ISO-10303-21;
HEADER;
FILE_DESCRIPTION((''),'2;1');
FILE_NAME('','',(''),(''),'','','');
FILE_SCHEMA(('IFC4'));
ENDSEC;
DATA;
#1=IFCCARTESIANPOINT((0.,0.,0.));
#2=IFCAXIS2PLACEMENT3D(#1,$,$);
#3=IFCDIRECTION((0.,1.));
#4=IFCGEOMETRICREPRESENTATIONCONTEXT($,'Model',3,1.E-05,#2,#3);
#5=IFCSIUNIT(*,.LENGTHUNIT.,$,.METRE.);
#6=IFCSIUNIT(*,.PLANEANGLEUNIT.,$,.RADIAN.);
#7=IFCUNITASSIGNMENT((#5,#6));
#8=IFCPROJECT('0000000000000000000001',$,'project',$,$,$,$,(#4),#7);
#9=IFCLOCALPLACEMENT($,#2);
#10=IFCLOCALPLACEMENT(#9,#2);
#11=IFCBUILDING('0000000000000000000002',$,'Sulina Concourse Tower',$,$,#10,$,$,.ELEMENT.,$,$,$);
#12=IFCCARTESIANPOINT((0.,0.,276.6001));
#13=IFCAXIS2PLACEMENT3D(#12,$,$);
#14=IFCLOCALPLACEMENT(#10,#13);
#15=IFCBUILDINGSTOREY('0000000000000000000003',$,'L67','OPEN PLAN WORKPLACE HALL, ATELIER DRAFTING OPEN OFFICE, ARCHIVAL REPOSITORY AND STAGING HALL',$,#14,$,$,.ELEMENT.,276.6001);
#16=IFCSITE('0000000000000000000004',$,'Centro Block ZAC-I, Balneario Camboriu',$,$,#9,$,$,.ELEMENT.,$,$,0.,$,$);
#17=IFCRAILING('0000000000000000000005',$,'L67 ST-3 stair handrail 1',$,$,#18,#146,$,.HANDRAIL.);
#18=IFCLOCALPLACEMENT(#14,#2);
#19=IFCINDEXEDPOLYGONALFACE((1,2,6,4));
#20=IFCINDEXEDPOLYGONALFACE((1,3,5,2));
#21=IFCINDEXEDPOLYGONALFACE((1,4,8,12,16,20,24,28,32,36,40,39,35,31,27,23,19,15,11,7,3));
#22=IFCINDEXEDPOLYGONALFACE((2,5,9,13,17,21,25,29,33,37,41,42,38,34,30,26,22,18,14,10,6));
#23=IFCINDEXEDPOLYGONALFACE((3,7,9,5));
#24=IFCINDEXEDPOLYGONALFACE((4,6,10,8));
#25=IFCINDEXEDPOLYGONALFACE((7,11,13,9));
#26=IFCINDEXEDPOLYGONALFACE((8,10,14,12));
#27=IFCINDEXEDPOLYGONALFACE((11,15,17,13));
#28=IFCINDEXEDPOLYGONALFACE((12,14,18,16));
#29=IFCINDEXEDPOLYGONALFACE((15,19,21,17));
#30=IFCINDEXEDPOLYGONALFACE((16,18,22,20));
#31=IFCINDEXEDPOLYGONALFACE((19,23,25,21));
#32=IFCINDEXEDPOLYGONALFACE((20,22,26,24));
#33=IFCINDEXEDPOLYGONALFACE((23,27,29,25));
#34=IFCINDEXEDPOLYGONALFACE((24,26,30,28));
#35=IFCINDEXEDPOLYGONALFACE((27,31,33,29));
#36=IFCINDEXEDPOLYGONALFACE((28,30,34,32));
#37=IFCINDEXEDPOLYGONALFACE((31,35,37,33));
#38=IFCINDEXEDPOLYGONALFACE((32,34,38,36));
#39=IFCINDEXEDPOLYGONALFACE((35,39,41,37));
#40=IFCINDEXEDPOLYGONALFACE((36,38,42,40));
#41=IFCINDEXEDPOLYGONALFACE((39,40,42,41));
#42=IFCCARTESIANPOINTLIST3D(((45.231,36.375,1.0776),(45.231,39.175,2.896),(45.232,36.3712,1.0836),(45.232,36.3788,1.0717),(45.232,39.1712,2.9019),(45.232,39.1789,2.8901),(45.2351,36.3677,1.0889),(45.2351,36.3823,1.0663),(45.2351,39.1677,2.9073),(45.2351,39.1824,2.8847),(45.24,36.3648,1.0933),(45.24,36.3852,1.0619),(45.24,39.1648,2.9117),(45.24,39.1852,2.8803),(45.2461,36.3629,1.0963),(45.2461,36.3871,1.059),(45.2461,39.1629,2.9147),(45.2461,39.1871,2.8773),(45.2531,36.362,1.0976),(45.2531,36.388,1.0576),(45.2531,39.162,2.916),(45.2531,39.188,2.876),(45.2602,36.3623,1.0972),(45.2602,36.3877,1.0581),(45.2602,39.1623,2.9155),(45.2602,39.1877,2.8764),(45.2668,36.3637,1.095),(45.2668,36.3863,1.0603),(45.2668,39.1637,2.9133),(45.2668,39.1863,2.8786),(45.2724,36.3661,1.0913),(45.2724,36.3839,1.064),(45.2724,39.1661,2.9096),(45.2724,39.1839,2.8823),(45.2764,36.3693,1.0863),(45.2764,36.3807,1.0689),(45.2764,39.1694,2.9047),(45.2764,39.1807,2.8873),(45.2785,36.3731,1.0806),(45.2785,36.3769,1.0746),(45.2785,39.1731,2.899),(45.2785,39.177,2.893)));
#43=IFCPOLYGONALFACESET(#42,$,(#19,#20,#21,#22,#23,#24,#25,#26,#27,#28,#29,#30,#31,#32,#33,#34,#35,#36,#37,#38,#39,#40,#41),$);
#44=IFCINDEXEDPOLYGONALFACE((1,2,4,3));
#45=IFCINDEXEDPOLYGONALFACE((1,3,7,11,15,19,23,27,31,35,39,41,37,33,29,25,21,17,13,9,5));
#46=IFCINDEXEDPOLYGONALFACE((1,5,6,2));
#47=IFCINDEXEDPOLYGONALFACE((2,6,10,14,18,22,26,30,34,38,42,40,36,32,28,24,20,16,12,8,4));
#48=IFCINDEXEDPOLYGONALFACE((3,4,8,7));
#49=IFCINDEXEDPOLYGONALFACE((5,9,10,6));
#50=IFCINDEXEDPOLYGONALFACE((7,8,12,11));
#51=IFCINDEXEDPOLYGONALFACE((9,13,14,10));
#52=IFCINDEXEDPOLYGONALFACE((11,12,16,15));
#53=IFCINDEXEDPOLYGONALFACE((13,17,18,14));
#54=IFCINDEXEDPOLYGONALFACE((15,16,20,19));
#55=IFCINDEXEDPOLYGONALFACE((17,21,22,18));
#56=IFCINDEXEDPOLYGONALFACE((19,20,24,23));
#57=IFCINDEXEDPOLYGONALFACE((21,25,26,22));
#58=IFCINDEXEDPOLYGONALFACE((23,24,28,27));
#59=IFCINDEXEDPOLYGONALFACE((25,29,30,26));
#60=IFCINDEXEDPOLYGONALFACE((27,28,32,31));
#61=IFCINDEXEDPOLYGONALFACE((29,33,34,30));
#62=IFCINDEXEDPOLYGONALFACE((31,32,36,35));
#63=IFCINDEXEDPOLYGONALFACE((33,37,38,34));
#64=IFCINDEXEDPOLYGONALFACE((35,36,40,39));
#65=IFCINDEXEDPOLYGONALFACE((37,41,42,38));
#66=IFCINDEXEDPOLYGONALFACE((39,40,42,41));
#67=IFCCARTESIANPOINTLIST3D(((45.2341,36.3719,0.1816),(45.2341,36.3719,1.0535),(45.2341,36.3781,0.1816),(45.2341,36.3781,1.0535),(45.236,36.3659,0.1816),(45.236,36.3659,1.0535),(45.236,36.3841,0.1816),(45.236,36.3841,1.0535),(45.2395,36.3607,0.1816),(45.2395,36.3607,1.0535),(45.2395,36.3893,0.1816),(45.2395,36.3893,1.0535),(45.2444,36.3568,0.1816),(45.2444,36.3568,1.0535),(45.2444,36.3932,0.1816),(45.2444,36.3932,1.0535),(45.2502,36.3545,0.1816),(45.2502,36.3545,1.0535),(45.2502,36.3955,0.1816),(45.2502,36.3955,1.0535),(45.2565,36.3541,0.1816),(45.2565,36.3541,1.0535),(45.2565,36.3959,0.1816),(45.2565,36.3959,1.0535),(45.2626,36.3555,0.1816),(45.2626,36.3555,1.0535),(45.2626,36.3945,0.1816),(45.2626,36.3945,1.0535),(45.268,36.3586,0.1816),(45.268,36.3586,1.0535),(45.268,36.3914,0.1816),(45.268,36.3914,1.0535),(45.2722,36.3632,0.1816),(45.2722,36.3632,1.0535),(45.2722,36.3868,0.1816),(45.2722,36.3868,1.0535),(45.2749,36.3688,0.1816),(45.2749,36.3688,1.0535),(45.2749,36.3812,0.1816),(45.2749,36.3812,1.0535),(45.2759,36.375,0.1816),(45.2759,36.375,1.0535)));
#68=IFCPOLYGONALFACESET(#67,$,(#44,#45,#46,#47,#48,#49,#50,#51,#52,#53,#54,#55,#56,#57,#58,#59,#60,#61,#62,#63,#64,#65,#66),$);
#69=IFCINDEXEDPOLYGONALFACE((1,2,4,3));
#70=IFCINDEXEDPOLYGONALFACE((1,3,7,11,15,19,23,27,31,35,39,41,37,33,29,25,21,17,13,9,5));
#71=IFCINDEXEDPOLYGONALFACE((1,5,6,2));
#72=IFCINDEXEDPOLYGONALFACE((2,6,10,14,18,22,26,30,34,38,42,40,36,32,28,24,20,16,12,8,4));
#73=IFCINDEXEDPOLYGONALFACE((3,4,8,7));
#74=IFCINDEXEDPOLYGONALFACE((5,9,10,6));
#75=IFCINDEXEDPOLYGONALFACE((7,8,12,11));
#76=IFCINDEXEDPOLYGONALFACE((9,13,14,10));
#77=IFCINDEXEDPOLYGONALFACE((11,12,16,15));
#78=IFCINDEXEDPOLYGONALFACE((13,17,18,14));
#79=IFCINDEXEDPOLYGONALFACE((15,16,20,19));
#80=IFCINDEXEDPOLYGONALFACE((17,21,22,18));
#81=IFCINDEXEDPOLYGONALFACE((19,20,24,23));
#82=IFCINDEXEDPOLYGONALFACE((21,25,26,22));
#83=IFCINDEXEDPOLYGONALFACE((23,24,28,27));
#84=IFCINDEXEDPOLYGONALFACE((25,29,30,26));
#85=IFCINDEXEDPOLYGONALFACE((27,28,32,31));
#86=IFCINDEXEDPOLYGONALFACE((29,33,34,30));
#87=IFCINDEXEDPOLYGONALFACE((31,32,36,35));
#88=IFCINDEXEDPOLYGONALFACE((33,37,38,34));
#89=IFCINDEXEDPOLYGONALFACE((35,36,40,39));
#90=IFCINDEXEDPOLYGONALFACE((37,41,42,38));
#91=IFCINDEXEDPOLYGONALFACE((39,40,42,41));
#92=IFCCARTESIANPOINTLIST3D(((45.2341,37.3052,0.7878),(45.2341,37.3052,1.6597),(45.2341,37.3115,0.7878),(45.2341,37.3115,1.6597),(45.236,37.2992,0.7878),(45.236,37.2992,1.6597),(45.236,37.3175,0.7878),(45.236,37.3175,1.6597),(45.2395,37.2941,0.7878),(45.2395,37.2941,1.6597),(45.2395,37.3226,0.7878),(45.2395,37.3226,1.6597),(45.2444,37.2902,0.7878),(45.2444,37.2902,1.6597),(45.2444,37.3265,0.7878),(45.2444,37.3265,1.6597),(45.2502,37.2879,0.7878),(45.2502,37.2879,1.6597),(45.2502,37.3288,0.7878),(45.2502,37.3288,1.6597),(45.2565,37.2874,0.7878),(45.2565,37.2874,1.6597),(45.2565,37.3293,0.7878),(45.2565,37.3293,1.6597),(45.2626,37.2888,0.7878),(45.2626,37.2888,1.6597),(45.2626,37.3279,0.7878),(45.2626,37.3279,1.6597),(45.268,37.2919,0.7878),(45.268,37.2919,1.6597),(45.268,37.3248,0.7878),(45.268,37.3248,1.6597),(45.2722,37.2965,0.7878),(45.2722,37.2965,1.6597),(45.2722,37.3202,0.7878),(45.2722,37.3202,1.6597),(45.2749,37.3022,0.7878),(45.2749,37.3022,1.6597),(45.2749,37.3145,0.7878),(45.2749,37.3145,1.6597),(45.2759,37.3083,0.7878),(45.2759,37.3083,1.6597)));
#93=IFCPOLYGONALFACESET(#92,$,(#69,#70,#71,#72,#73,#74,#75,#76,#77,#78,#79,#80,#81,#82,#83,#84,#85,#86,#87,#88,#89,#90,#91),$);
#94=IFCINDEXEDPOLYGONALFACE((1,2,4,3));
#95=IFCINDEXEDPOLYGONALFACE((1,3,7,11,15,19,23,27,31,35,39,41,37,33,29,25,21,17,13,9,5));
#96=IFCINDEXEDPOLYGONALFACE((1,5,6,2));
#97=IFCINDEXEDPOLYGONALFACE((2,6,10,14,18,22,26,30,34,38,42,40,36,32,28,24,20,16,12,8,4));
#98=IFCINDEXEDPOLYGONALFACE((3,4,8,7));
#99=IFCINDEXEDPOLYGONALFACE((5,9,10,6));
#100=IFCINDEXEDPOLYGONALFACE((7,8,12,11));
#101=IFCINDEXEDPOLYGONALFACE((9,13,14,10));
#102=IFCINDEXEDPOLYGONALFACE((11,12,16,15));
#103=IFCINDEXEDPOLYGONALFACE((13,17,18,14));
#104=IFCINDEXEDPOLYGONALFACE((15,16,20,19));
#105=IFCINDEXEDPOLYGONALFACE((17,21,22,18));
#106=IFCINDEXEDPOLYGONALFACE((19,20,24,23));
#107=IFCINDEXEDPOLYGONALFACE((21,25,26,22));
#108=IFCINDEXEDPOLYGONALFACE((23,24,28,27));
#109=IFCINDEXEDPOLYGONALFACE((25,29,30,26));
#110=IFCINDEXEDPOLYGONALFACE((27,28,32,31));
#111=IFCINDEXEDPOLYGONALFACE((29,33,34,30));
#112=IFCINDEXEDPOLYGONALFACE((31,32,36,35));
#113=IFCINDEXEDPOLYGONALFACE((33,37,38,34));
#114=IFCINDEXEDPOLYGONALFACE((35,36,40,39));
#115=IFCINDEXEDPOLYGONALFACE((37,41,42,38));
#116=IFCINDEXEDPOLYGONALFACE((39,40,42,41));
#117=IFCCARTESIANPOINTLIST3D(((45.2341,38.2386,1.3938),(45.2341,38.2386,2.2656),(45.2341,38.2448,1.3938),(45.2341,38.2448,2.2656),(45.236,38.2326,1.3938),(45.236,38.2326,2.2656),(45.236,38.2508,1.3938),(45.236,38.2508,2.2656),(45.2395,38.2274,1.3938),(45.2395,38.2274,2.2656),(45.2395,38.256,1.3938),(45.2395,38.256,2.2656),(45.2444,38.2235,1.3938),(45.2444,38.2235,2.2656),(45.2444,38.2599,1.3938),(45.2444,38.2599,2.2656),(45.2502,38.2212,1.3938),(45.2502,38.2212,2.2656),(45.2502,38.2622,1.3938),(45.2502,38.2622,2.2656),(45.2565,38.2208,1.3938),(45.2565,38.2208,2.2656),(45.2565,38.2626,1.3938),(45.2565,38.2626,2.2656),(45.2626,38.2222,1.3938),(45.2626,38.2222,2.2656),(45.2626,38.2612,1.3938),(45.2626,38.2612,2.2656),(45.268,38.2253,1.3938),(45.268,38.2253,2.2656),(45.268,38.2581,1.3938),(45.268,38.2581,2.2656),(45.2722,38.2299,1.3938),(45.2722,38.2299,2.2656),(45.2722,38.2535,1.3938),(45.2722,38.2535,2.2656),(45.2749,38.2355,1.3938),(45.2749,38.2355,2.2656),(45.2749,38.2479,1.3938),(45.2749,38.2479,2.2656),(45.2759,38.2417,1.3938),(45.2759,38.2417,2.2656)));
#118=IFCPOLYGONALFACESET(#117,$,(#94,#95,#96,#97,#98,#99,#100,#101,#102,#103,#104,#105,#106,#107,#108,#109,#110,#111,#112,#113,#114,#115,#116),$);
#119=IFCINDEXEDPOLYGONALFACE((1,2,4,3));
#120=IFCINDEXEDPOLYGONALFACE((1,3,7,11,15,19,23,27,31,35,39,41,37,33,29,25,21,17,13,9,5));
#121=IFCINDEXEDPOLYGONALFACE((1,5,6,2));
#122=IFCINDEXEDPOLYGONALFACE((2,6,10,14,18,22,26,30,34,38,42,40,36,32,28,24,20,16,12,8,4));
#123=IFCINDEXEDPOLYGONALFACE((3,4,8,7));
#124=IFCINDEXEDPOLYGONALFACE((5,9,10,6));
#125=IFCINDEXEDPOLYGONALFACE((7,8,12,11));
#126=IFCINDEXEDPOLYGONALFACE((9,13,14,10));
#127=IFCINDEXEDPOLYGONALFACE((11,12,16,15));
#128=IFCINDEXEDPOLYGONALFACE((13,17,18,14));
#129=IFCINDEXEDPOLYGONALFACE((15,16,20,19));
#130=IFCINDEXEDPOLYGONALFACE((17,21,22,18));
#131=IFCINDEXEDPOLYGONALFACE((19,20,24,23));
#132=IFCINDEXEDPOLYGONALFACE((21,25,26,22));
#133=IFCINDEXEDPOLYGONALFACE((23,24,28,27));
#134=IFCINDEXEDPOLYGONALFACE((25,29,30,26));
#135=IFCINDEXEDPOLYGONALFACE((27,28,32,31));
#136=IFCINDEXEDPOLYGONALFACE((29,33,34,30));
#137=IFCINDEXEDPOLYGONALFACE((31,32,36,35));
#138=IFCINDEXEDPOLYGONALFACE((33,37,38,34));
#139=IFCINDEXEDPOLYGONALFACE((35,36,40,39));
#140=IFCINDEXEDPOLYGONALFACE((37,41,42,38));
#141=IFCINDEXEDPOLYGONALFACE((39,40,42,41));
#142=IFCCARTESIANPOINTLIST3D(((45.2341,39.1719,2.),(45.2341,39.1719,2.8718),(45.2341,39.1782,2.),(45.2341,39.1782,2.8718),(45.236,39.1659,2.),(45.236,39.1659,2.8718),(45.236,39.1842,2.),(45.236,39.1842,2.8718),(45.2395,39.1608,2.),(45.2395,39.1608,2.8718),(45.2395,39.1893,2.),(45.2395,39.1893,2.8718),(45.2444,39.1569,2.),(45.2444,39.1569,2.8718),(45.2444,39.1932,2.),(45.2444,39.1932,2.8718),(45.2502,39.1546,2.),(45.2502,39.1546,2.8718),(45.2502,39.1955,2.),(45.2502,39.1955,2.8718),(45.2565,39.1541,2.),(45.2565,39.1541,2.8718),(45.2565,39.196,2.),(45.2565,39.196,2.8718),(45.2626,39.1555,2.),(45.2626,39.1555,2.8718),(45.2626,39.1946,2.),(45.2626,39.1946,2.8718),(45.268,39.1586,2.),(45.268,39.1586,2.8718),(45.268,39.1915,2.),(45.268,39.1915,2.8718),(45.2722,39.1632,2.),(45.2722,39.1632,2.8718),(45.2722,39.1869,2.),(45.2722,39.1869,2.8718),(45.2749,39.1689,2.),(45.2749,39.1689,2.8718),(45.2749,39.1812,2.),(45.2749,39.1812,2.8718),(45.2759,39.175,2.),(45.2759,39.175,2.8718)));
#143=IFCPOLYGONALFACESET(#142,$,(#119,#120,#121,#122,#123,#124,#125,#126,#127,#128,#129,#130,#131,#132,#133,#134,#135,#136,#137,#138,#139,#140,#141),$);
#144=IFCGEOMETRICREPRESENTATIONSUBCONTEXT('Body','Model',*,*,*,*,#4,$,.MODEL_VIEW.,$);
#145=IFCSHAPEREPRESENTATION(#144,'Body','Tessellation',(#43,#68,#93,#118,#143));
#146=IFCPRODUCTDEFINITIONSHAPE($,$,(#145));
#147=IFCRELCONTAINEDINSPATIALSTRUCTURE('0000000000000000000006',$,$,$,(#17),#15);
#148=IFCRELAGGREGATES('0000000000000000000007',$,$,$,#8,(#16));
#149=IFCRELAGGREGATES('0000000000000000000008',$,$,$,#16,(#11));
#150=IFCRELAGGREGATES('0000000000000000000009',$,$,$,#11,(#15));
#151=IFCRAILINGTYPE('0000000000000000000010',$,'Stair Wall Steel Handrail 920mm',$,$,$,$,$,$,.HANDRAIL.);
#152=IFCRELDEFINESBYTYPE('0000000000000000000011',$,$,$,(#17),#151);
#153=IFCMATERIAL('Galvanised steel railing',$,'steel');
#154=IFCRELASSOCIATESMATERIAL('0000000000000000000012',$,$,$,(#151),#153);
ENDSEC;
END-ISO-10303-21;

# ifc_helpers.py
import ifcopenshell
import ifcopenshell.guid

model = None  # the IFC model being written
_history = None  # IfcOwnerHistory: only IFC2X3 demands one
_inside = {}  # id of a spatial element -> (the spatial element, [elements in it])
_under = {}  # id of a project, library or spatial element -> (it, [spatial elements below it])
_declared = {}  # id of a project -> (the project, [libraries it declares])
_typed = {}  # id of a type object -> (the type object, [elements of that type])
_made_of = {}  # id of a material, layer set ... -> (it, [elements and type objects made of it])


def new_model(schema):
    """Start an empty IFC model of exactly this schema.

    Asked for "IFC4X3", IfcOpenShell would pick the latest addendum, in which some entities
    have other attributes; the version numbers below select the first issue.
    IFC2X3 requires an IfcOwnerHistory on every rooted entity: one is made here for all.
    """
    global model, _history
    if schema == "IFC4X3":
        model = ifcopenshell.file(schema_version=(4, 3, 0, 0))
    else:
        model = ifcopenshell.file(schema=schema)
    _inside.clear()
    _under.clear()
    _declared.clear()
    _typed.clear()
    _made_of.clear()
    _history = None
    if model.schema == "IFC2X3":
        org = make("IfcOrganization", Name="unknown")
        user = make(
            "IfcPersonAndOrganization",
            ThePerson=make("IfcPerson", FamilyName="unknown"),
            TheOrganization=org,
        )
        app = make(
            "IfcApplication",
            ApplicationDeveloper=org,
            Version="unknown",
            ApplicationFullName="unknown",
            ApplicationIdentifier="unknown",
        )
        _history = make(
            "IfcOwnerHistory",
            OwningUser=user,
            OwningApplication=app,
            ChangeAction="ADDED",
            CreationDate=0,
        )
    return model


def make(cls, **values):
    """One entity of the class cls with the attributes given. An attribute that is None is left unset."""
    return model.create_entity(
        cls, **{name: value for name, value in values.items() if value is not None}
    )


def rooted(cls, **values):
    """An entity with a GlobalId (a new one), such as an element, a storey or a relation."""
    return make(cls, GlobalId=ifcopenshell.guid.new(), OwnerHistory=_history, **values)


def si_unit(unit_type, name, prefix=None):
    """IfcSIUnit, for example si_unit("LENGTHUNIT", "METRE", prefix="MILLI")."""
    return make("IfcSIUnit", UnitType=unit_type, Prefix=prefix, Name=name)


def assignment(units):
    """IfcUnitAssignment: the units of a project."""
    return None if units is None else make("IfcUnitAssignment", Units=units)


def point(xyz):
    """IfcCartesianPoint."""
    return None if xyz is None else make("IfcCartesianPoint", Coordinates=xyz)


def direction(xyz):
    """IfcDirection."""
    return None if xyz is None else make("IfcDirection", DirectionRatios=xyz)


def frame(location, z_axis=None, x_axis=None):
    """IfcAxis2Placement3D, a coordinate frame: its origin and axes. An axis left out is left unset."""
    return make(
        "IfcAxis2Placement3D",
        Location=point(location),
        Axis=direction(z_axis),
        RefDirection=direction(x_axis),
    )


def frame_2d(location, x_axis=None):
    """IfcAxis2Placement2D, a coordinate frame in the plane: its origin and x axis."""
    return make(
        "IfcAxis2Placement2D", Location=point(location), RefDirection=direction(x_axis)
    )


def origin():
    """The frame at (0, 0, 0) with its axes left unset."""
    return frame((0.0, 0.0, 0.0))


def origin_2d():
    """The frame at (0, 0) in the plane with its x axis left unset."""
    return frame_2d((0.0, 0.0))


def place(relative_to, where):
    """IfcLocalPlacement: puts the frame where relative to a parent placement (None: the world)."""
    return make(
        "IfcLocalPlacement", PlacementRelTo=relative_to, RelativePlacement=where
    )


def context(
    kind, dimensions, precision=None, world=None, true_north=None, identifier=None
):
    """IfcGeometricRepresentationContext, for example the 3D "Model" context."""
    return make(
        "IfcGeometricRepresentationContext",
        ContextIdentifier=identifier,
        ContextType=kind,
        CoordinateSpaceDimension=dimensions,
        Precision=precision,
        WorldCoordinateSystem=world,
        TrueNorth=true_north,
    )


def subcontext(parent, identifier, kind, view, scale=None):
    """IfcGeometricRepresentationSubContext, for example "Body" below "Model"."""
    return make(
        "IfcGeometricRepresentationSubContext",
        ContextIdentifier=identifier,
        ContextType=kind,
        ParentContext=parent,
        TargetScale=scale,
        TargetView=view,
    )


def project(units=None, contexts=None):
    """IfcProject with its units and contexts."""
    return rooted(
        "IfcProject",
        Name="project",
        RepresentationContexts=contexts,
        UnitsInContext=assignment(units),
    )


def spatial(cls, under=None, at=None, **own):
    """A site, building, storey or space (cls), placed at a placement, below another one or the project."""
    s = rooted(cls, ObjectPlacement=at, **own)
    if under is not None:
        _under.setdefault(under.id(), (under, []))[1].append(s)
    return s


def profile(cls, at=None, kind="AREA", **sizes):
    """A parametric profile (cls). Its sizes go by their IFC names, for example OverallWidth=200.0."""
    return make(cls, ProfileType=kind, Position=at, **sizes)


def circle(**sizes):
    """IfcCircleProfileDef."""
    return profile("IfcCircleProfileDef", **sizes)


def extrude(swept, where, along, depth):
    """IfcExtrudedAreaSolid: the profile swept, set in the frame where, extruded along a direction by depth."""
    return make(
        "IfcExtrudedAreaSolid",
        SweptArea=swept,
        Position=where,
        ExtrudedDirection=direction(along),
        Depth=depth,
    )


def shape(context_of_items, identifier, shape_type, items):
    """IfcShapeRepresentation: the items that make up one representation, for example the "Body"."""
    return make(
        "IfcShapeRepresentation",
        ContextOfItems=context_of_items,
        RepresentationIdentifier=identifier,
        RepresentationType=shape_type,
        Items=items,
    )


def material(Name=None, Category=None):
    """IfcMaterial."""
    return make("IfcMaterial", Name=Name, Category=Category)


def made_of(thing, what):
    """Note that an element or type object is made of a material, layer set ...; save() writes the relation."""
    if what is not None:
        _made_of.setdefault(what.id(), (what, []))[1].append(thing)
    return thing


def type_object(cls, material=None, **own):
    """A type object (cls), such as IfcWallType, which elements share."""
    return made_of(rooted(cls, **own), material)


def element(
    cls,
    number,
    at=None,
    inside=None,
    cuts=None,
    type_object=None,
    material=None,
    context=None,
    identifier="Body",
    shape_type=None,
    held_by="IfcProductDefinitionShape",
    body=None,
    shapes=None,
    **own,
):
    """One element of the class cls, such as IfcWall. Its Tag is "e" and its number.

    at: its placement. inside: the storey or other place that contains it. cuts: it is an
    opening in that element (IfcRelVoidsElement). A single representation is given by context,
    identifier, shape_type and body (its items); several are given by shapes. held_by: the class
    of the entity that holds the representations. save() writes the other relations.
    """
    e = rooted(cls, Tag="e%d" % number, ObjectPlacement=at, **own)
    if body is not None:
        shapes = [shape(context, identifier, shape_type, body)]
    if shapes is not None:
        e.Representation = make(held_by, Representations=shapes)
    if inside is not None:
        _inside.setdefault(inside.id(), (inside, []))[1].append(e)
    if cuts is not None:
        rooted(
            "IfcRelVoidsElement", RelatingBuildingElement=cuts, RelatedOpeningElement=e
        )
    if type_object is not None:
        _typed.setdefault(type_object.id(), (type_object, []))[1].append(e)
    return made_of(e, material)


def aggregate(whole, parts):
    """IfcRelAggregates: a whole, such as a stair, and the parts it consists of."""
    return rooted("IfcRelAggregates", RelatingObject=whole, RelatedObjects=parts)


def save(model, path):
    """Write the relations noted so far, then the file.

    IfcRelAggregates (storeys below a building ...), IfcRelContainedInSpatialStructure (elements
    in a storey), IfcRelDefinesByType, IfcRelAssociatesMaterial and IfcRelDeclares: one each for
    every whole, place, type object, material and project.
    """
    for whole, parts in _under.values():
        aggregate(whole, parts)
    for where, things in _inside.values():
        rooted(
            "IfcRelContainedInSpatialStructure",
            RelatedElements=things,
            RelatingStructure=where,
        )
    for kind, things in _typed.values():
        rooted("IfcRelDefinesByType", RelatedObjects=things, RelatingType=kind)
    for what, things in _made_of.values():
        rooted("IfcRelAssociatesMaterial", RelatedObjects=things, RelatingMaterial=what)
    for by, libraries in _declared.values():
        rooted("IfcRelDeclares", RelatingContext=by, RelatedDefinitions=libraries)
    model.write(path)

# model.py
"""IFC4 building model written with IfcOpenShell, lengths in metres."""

from ifc_helpers import new_model, si_unit, direction, frame, origin, origin_2d, place, context, subcontext, project, spatial, circle, extrude, material, type_object, element, save


model = new_model("IFC4")

# Units and contexts
model_context = context("Model", 3, precision=1e-05, world=origin(), true_north=direction((0.0, 1.0)))
body_context = subcontext(model_context, "Body", "Model", "MODEL_VIEW")
ifc_project = project(units=[si_unit("LENGTHUNIT", "METRE"), si_unit("PLANEANGLEUNIT", "RADIAN")], contexts=[model_context])

# Site, building, storey
site_placement = place(None, origin())
site = spatial("IfcSite", under=ifc_project, at=site_placement, Name="Centro Block ZAC-I, Balneario Camboriu", CompositionType="ELEMENT", RefElevation=0.0)
building_placement = place(site_placement, origin())
building = spatial("IfcBuilding", under=site, at=building_placement, Name="Sulina Concourse Tower", CompositionType="ELEMENT")
storey_placement = place(building_placement, frame((0.0, 0.0, 276.6001)))
storey = spatial("IfcBuildingStorey", under=building, at=storey_placement, Name="L67", Description="OPEN PLAN WORKPLACE HALL, ATELIER DRAFTING OPEN OFFICE, ARCHIVAL REPOSITORY AND STAGING HALL", CompositionType="ELEMENT", Elevation=276.6001)

# Railing
ifc_material_1 = material(Name="Galvanised steel railing", Category="steel")
railing_type_1 = type_object("IfcRailingType", Name="Stair Wall Steel Handrail 920mm", PredefinedType="HANDRAIL", material=ifc_material_1)
for number, where, name in (
    (1, (45.2549, 36.375, 0.1816), "L67 ST-3 stair handrail 1"),
):
    element("IfcRailing", number, at=place(storey_placement, frame(where)), inside=storey, type_object=railing_type_1, Name=name, PredefinedType="HANDRAIL", context=body_context, shape_type="SweptSolid", body=[
        extrude(circle(Radius=0.0239, at=origin_2d()), frame((0.0, 0.0, 0.896), z_axis=(0.0, 0.838672, 0.544636), x_axis=(-1.0, 0.0, 0.0)), (0.0, 0.0, 1.0), 3.3386),
        extrude(circle(Radius=0.021, at=origin_2d()), origin(), (0.0, 0.0, 1.0), 0.8718),
        extrude(circle(Radius=0.021, at=origin_2d()), frame((0.0, 0.9333, 0.6062)), (0.0, 0.0, 1.0), 0.8718),
        extrude(circle(Radius=0.021, at=origin_2d()), frame((0.0, 1.8667, 1.2122)), (0.0, 0.0, 1.0), 0.8718),
        extrude(circle(Radius=0.021, at=origin_2d()), frame((0.0, 2.8, 1.8184)), (0.0, 0.0, 1.0), 0.8718),
    ])

save(model, "model.ifc")
